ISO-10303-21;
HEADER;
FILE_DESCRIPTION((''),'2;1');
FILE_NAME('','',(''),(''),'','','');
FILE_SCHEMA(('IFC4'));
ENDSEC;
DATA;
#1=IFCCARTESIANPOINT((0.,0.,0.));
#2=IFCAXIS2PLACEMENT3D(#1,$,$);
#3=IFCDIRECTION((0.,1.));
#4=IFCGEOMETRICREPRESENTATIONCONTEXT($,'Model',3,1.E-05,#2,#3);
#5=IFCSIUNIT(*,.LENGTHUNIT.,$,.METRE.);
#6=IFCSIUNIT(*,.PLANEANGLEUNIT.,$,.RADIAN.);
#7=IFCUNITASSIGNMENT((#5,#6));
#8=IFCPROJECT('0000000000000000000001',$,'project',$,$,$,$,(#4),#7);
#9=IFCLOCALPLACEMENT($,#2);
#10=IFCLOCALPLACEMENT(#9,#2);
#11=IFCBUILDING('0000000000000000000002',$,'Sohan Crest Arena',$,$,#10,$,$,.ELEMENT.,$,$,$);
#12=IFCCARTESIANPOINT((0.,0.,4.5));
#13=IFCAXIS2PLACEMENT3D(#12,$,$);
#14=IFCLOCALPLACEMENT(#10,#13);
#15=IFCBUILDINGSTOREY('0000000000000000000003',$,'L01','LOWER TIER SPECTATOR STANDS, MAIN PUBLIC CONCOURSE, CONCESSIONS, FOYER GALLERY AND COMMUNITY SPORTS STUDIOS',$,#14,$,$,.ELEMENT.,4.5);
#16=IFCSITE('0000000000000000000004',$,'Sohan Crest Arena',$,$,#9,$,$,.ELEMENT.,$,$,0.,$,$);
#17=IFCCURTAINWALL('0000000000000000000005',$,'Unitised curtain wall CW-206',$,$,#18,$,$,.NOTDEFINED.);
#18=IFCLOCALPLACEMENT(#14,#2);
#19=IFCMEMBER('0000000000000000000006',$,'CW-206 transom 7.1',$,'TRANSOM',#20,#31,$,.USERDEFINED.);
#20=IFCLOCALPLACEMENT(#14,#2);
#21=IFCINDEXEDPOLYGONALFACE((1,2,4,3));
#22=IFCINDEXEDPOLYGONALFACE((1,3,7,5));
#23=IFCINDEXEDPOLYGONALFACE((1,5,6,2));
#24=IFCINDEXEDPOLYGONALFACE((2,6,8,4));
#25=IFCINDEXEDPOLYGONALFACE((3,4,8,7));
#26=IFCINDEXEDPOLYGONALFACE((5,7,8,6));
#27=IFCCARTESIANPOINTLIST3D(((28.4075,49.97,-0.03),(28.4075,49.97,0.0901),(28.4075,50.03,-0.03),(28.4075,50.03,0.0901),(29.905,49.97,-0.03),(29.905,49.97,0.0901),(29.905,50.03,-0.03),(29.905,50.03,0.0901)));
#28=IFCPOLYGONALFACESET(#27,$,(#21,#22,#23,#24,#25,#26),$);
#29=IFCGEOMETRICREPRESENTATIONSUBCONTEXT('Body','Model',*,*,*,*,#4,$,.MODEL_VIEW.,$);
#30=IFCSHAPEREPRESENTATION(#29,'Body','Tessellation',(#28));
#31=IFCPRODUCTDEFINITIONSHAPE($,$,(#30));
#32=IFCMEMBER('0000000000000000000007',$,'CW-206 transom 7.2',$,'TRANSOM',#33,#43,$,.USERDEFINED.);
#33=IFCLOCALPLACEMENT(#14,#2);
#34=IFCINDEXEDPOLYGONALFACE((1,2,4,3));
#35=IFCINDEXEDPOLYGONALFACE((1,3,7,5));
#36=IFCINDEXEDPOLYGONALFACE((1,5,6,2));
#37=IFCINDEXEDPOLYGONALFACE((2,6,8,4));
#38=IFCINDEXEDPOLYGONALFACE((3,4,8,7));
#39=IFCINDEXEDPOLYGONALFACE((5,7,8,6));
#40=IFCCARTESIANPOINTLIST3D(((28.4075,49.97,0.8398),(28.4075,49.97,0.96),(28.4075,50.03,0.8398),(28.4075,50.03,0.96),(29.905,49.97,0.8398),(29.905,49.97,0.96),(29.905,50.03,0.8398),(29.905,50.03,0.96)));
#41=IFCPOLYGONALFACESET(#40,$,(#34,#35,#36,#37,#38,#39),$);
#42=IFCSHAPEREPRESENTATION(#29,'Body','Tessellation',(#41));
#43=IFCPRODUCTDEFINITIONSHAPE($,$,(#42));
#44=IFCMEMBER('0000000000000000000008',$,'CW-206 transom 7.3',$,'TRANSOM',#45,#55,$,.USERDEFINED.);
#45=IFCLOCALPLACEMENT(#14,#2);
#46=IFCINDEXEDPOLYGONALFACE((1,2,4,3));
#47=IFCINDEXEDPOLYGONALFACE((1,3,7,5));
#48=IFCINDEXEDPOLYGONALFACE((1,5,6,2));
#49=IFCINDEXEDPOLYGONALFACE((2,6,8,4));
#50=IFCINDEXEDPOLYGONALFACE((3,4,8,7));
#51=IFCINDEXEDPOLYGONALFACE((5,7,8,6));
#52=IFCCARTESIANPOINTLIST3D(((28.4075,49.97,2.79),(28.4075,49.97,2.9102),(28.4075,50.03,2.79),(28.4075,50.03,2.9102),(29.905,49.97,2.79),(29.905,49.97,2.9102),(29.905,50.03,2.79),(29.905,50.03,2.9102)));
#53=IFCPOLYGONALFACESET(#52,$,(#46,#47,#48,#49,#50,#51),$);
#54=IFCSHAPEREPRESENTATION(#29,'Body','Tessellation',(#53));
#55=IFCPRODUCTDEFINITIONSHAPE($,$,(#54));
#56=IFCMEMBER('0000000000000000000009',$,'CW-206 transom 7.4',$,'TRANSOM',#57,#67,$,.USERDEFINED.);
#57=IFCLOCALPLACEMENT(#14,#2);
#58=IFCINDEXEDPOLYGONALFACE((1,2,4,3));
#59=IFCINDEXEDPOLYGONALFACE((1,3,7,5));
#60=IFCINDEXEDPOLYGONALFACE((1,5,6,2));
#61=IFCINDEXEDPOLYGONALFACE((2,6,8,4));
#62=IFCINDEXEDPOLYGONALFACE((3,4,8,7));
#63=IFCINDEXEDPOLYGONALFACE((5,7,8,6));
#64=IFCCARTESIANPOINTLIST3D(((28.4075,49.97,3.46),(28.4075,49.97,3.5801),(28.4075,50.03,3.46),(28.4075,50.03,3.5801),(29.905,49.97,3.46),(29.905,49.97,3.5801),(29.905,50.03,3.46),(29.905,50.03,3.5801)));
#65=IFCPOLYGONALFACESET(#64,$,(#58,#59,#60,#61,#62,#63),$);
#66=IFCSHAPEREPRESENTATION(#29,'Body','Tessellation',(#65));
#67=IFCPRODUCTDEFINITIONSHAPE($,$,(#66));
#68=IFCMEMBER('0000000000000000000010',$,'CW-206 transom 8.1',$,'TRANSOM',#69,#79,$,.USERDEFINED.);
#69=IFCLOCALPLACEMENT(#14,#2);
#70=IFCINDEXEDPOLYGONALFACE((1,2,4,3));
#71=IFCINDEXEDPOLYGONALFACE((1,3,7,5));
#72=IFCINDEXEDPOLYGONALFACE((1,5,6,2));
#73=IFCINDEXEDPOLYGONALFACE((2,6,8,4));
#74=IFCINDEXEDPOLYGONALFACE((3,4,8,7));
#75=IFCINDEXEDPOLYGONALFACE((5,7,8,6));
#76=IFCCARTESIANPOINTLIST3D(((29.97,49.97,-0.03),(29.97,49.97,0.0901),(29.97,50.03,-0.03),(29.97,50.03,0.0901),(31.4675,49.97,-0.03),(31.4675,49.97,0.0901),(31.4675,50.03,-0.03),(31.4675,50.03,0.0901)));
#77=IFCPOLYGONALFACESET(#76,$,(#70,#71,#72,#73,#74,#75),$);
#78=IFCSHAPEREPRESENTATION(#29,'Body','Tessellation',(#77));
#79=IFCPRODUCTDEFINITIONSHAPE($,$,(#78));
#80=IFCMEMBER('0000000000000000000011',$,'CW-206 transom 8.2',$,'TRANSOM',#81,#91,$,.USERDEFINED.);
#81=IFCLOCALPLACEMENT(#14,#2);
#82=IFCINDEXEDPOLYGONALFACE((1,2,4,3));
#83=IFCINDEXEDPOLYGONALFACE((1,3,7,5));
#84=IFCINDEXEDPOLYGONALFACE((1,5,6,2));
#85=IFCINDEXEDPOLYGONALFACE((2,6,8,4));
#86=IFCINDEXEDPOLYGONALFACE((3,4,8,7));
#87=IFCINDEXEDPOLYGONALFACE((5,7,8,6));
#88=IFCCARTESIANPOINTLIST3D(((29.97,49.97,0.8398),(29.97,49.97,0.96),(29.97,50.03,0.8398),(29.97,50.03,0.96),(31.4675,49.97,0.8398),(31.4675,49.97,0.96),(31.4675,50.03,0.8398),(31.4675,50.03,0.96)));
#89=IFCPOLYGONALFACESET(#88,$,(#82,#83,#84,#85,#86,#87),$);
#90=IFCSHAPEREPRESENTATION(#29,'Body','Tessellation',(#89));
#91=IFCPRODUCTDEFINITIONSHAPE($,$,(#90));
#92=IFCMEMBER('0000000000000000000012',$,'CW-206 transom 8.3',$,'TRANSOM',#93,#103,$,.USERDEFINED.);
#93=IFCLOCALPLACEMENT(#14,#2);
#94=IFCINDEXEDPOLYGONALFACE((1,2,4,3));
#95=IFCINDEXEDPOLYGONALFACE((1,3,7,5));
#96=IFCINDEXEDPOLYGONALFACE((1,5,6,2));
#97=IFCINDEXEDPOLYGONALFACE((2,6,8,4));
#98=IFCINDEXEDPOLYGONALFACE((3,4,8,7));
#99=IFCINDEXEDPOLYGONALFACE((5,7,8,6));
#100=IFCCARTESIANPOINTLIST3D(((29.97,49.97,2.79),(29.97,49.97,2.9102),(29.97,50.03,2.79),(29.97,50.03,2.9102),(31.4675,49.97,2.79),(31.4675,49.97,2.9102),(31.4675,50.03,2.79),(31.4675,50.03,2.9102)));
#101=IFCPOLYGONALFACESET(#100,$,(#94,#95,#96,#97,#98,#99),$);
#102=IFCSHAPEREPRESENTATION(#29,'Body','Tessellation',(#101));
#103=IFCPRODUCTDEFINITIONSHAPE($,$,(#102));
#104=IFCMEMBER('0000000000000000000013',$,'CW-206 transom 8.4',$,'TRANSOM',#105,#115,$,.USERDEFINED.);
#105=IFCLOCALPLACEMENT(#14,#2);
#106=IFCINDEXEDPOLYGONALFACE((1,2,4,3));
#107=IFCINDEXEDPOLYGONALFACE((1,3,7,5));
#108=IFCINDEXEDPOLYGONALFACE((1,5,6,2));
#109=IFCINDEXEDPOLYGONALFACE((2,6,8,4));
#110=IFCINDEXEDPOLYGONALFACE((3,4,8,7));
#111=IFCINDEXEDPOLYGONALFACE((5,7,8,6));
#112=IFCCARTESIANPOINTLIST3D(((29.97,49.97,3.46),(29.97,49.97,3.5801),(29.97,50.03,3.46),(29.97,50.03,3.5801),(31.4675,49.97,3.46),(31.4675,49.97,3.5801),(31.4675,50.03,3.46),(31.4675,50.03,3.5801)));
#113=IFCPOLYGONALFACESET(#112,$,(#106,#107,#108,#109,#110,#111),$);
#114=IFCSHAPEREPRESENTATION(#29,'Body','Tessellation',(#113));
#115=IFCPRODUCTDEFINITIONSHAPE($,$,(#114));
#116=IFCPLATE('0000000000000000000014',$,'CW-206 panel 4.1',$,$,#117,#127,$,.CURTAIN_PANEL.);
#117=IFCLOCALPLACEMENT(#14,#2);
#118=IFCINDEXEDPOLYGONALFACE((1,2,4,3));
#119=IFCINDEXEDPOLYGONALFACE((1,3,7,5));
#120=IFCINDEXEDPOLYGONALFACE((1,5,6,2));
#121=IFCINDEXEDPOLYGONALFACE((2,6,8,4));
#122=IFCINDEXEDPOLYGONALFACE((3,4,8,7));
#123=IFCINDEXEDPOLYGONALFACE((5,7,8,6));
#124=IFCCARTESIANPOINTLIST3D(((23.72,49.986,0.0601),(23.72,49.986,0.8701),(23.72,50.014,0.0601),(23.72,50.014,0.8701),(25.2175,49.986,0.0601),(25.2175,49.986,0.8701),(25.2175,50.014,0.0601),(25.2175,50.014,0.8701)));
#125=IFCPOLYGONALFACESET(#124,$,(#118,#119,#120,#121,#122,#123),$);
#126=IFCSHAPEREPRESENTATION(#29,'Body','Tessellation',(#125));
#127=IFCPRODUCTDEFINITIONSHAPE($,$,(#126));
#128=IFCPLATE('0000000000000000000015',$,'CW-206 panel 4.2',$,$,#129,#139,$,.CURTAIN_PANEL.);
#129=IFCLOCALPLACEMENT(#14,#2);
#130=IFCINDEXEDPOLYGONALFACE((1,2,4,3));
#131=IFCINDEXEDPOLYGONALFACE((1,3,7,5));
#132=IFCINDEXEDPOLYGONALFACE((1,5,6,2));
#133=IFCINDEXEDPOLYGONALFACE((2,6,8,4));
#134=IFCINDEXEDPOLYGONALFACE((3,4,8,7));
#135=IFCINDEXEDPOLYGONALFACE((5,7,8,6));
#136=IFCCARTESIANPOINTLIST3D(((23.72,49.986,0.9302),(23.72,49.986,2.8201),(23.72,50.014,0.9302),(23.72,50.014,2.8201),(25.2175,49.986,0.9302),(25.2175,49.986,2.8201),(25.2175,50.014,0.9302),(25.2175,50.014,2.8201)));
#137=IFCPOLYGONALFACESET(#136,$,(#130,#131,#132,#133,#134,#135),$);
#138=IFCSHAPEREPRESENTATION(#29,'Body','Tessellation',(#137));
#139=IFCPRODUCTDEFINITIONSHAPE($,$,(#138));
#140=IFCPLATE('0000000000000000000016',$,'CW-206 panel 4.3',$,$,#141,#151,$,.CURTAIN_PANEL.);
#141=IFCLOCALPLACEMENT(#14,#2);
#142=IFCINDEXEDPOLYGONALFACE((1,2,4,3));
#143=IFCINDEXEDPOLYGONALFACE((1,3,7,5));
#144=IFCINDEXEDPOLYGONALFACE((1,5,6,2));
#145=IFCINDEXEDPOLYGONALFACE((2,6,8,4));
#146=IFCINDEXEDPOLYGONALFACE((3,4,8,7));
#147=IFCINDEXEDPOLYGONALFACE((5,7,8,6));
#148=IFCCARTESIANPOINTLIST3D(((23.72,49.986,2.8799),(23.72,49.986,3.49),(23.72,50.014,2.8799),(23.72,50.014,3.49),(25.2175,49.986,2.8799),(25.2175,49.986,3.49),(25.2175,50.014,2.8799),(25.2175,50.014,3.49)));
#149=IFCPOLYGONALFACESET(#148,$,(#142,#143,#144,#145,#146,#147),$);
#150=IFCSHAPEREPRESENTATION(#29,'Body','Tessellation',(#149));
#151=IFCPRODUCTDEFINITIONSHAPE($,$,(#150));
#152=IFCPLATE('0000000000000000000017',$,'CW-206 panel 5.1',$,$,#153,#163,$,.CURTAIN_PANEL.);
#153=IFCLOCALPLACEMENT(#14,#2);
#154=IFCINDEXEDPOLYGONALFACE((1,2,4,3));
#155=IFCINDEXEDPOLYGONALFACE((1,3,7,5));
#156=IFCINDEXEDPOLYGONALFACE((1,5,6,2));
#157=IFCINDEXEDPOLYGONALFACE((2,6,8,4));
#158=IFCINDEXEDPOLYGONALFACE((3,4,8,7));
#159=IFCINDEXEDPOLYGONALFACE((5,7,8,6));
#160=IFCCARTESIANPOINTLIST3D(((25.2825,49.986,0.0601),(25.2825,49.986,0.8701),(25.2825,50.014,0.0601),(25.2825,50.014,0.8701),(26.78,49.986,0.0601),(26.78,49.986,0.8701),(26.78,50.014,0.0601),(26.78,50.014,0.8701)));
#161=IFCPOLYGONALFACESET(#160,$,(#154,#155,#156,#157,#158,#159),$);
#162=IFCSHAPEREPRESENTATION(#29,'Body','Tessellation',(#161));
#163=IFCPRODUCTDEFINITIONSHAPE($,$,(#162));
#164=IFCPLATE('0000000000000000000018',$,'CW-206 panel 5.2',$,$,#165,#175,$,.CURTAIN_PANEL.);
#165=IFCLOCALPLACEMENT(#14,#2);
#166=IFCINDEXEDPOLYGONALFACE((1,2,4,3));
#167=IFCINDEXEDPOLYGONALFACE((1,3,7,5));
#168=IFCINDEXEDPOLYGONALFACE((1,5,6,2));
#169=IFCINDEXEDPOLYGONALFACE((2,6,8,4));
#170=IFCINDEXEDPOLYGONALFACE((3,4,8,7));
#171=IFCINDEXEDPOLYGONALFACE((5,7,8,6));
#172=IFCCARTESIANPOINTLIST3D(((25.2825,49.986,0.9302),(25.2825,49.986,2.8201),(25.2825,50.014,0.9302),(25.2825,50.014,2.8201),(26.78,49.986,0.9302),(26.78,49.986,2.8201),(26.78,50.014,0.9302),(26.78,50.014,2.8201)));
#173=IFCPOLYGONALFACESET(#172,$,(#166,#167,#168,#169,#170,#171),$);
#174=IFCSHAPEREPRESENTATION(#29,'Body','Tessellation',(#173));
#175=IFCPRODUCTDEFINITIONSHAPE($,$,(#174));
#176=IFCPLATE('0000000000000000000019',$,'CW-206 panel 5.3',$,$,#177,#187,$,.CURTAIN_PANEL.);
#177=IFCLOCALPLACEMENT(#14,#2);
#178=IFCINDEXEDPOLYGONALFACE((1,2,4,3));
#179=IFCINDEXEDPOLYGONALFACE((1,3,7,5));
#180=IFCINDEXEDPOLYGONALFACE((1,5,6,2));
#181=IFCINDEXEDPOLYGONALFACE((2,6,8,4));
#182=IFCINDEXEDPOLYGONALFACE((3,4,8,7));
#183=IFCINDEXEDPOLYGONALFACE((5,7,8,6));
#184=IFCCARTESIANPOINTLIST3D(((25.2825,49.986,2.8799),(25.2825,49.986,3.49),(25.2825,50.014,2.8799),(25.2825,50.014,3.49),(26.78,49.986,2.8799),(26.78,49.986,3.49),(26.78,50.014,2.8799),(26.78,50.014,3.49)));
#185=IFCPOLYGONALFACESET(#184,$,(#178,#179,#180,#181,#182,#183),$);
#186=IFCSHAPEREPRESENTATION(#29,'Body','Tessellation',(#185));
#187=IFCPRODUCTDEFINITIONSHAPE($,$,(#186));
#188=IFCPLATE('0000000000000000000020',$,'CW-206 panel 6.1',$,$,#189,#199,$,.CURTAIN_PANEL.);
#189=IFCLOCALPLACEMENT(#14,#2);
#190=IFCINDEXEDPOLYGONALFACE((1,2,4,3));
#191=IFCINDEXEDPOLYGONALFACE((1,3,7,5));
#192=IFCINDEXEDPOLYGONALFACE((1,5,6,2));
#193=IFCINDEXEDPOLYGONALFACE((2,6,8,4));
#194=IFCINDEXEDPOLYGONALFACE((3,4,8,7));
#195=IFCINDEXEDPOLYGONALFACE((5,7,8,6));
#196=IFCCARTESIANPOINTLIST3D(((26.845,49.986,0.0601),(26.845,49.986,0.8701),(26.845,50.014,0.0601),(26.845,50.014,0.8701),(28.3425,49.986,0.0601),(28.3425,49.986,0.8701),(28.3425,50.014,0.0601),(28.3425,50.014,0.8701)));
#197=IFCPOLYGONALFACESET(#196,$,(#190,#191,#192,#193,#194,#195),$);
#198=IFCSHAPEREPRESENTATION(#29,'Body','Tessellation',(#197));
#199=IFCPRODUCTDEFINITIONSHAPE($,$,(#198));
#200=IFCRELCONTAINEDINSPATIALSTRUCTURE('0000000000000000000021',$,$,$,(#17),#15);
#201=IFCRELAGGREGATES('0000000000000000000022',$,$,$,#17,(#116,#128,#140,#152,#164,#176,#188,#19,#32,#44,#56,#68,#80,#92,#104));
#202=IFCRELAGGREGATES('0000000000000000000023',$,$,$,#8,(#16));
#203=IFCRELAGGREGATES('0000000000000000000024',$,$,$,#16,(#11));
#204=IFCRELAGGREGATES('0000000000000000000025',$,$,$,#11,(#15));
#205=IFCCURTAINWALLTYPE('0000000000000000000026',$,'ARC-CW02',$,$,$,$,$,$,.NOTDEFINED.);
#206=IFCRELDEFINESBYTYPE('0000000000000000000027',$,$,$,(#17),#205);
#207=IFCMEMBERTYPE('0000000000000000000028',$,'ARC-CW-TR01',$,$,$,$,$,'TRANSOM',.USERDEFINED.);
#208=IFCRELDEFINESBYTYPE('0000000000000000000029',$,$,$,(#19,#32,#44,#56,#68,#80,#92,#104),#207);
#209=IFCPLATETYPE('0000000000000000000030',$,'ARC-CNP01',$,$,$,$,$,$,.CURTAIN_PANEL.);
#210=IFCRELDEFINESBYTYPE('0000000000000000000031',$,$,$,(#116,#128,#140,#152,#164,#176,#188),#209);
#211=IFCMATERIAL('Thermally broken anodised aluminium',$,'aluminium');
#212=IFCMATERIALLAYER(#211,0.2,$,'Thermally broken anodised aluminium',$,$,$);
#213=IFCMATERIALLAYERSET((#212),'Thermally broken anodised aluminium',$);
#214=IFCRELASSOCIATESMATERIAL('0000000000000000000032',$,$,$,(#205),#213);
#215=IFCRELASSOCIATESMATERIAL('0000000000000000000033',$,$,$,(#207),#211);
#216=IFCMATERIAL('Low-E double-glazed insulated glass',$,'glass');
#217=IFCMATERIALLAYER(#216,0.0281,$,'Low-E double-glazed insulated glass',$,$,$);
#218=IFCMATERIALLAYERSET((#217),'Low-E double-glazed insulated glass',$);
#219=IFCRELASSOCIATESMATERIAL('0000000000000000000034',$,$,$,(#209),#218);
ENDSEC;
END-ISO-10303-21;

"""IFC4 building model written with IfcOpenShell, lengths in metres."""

from ifc_helpers import new_model, si_unit, direction, frame, origin, origin_2d, place, context, subcontext, project, spatial, rectangle, extrude, material, layer, layer_set, material_profile, profile_set, type_object, element, aggregate, save


model = new_model("IFC4")

# Units and contexts
model_context = context("Model", 3, precision=1e-05, world=origin(), true_north=direction((0.0, 1.0)))
body_context = subcontext(model_context, "Body", "Model", "MODEL_VIEW")
ifc_project = project(units=[si_unit("LENGTHUNIT", "METRE"), si_unit("PLANEANGLEUNIT", "RADIAN")], contexts=[model_context])

# Site, building, storey
site_placement = place(None, origin())
site = spatial("IfcSite", under=ifc_project, at=site_placement, Name="Sohan Crest Arena", CompositionType="ELEMENT", RefElevation=0.0)
building_placement = place(site_placement, origin())
building = spatial("IfcBuilding", under=site, at=building_placement, Name="Sohan Crest Arena", CompositionType="ELEMENT")
storey_placement = place(building_placement, frame((0.0, 0.0, 4.5)))
storey = spatial("IfcBuildingStorey", under=building, at=storey_placement, Name="L01", Description="LOWER TIER SPECTATOR STANDS, MAIN PUBLIC CONCOURSE, CONCESSIONS, FOYER GALLERY AND COMMUNITY SPORTS STUDIOS", CompositionType="ELEMENT", Elevation=4.5)

# Curtain wall, members, plates
ifc_material_1 = material(Name="Thermally broken anodised aluminium", Category="aluminium")
ifc_layer_1 = layer(ifc_material_1, 0.2, Name="Thermally broken anodised aluminium")
ifc_layer_set_1 = layer_set([ifc_layer_1], Name="Thermally broken anodised aluminium")
curtain_wall_type = type_object("IfcCurtainWallType", Name="ARC-CW02", PredefinedType="NOTDEFINED", material=ifc_layer_set_1)
curtain_wall_placement = place(storey_placement, origin())
curtain_wall = element("IfcCurtainWall", 1, at=curtain_wall_placement, inside=storey, type_object=curtain_wall_type, Name="Unitised curtain wall CW-206", PredefinedType="NOTDEFINED")
ifc_material_profile_1 = material_profile(ifc_material_1, rectangle(XDim=0.0601, YDim=0.1201, at=origin_2d()), Name="ALU-TRAN 60x120")
ifc_profile_set_1 = profile_set([ifc_material_profile_1], Name="Thermally broken anodised aluminium")
member_type_1 = type_object("IfcMemberType", Name="ARC-CW-TR01", ElementType="TRANSOM", PredefinedType="USERDEFINED", material=ifc_profile_set_1)
member_1_placement = place(storey_placement, frame((28.4075, 50.0, 0.03), z_axis=(1.0, 0.0, 0.0), x_axis=(0.0, 1.0, 0.0)))
member_1 = element("IfcMember", 2, at=member_1_placement, type_object=member_type_1, Name="CW-206 transom 7.1", ObjectType="TRANSOM", PredefinedType="USERDEFINED", context=body_context, shape_type="SweptSolid", body=[
    extrude(rectangle(XDim=0.0601, YDim=0.1201, at=origin_2d()), origin(), (0.0, 0.0, 1.0), 1.4976),
])
member_2_placement = place(storey_placement, frame((28.4075, 50.0, 0.8999), z_axis=(1.0, 0.0, 0.0), x_axis=(0.0, 1.0, 0.0)))
member_2 = element("IfcMember", 3, at=member_2_placement, type_object=member_type_1, Name="CW-206 transom 7.2", ObjectType="TRANSOM", PredefinedType="USERDEFINED", context=body_context, shape_type="SweptSolid", body=[
    extrude(rectangle(XDim=0.0601, YDim=0.1201, at=origin_2d()), origin(), (0.0, 0.0, 1.0), 1.4976),
])
member_3_placement = place(storey_placement, frame((28.4075, 50.0, 2.8501), z_axis=(1.0, 0.0, 0.0), x_axis=(0.0, 1.0, 0.0)))
member_3 = element("IfcMember", 4, at=member_3_placement, type_object=member_type_1, Name="CW-206 transom 7.3", ObjectType="TRANSOM", PredefinedType="USERDEFINED", context=body_context, shape_type="SweptSolid", body=[
    extrude(rectangle(XDim=0.0601, YDim=0.1201, at=origin_2d()), origin(), (0.0, 0.0, 1.0), 1.4976),
])
member_4_placement = place(storey_placement, frame((28.4075, 50.0, 3.52), z_axis=(1.0, 0.0, 0.0), x_axis=(0.0, 1.0, 0.0)))
member_4 = element("IfcMember", 5, at=member_4_placement, type_object=member_type_1, Name="CW-206 transom 7.4", ObjectType="TRANSOM", PredefinedType="USERDEFINED", context=body_context, shape_type="SweptSolid", body=[
    extrude(rectangle(XDim=0.0601, YDim=0.1201, at=origin_2d()), origin(), (0.0, 0.0, 1.0), 1.4976),
])
member_5_placement = place(storey_placement, frame((29.97, 50.0, 0.03), z_axis=(1.0, 0.0, 0.0), x_axis=(0.0, 1.0, 0.0)))
member_5 = element("IfcMember", 6, at=member_5_placement, type_object=member_type_1, Name="CW-206 transom 8.1", ObjectType="TRANSOM", PredefinedType="USERDEFINED", context=body_context, shape_type="SweptSolid", body=[
    extrude(rectangle(XDim=0.0601, YDim=0.1201, at=origin_2d()), origin(), (0.0, 0.0, 1.0), 1.4976),
])
member_6_placement = place(storey_placement, frame((29.97, 50.0, 0.8999), z_axis=(1.0, 0.0, 0.0), x_axis=(0.0, 1.0, 0.0)))
member_6 = element("IfcMember", 7, at=member_6_placement, type_object=member_type_1, Name="CW-206 transom 8.2", ObjectType="TRANSOM", PredefinedType="USERDEFINED", context=body_context, shape_type="SweptSolid", body=[
    extrude(rectangle(XDim=0.0601, YDim=0.1201, at=origin_2d()), origin(), (0.0, 0.0, 1.0), 1.4976),
])
member_7_placement = place(storey_placement, frame((29.97, 50.0, 2.8501), z_axis=(1.0, 0.0, 0.0), x_axis=(0.0, 1.0, 0.0)))
member_7 = element("IfcMember", 8, at=member_7_placement, type_object=member_type_1, Name="CW-206 transom 8.3", ObjectType="TRANSOM", PredefinedType="USERDEFINED", context=body_context, shape_type="SweptSolid", body=[
    extrude(rectangle(XDim=0.0601, YDim=0.1201, at=origin_2d()), origin(), (0.0, 0.0, 1.0), 1.4976),
])
member_8_placement = place(storey_placement, frame((29.97, 50.0, 3.52), z_axis=(1.0, 0.0, 0.0), x_axis=(0.0, 1.0, 0.0)))
member_8 = element("IfcMember", 9, at=member_8_placement, type_object=member_type_1, Name="CW-206 transom 8.4", ObjectType="TRANSOM", PredefinedType="USERDEFINED", context=body_context, shape_type="SweptSolid", body=[
    extrude(rectangle(XDim=0.0601, YDim=0.1201, at=origin_2d()), origin(), (0.0, 0.0, 1.0), 1.4976),
])
ifc_material_2 = material(Name="Low-E double-glazed insulated glass", Category="glass")
ifc_layer_2 = layer(ifc_material_2, 0.0281, Name="Low-E double-glazed insulated glass")
ifc_layer_set_2 = layer_set([ifc_layer_2], Name="Low-E double-glazed insulated glass")
plate_type = type_object("IfcPlateType", Name="ARC-CNP01", PredefinedType="CURTAIN_PANEL", material=ifc_layer_set_2)
plate_1_placement = place(storey_placement, frame((24.4688, 50.0, 0.0601), z_axis=(0.0, 0.0, 1.0), x_axis=(1.0, 0.0, 0.0)))
plate_1 = element("IfcPlate", 10, at=plate_1_placement, type_object=plate_type, Name="CW-206 panel 4.1", PredefinedType="CURTAIN_PANEL", context=body_context, shape_type="SweptSolid", body=[
    extrude(rectangle(XDim=1.4976, YDim=0.0281, at=origin_2d()), origin(), (0.0, 0.0, 1.0), 0.8101),
])
plate_2_placement = place(storey_placement, frame((24.4688, 50.0, 0.9302), z_axis=(0.0, 0.0, 1.0), x_axis=(1.0, 0.0, 0.0)))
plate_2 = element("IfcPlate", 11, at=plate_2_placement, type_object=plate_type, Name="CW-206 panel 4.2", PredefinedType="CURTAIN_PANEL", context=body_context, shape_type="SweptSolid", body=[
    extrude(rectangle(XDim=1.4976, YDim=0.0281, at=origin_2d()), origin(), (0.0, 0.0, 1.0), 1.8899),
])
plate_3_placement = place(storey_placement, frame((24.4688, 50.0, 2.8799), z_axis=(0.0, 0.0, 1.0), x_axis=(1.0, 0.0, 0.0)))
plate_3 = element("IfcPlate", 12, at=plate_3_placement, type_object=plate_type, Name="CW-206 panel 4.3", PredefinedType="CURTAIN_PANEL", context=body_context, shape_type="SweptSolid", body=[
    extrude(rectangle(XDim=1.4976, YDim=0.0281, at=origin_2d()), origin(), (0.0, 0.0, 1.0), 0.6101),
])
plate_4_placement = place(storey_placement, frame((26.0312, 50.0, 0.0601), z_axis=(0.0, 0.0, 1.0), x_axis=(1.0, 0.0, 0.0)))
plate_4 = element("IfcPlate", 13, at=plate_4_placement, type_object=plate_type, Name="CW-206 panel 5.1", PredefinedType="CURTAIN_PANEL", context=body_context, shape_type="SweptSolid", body=[
    extrude(rectangle(XDim=1.4976, YDim=0.0281, at=origin_2d()), origin(), (0.0, 0.0, 1.0), 0.8101),
])
plate_5_placement = place(storey_placement, frame((26.0312, 50.0, 0.9302), z_axis=(0.0, 0.0, 1.0), x_axis=(1.0, 0.0, 0.0)))
plate_5 = element("IfcPlate", 14, at=plate_5_placement, type_object=plate_type, Name="CW-206 panel 5.2", PredefinedType="CURTAIN_PANEL", context=body_context, shape_type="SweptSolid", body=[
    extrude(rectangle(XDim=1.4976, YDim=0.0281, at=origin_2d()), origin(), (0.0, 0.0, 1.0), 1.8899),
])
plate_6_placement = place(storey_placement, frame((26.0312, 50.0, 2.8799), z_axis=(0.0, 0.0, 1.0), x_axis=(1.0, 0.0, 0.0)))
plate_6 = element("IfcPlate", 15, at=plate_6_placement, type_object=plate_type, Name="CW-206 panel 5.3", PredefinedType="CURTAIN_PANEL", context=body_context, shape_type="SweptSolid", body=[
    extrude(rectangle(XDim=1.4976, YDim=0.0281, at=origin_2d()), origin(), (0.0, 0.0, 1.0), 0.6101),
])
plate_7_placement = place(storey_placement, frame((27.5938, 50.0, 0.0601), z_axis=(0.0, 0.0, 1.0), x_axis=(1.0, 0.0, 0.0)))
plate_7 = element("IfcPlate", 16, at=plate_7_placement, type_object=plate_type, Name="CW-206 panel 6.1", PredefinedType="CURTAIN_PANEL", context=body_context, shape_type="SweptSolid", body=[
    extrude(rectangle(XDim=1.4976, YDim=0.0281, at=origin_2d()), origin(), (0.0, 0.0, 1.0), 0.8101),
])
aggregate(curtain_wall, [plate_1, plate_2, plate_3, plate_4, plate_5, plate_6, plate_7, member_1, member_2, member_3, member_4, member_5, member_6, member_7, member_8])

save(model, "model.ifc")
